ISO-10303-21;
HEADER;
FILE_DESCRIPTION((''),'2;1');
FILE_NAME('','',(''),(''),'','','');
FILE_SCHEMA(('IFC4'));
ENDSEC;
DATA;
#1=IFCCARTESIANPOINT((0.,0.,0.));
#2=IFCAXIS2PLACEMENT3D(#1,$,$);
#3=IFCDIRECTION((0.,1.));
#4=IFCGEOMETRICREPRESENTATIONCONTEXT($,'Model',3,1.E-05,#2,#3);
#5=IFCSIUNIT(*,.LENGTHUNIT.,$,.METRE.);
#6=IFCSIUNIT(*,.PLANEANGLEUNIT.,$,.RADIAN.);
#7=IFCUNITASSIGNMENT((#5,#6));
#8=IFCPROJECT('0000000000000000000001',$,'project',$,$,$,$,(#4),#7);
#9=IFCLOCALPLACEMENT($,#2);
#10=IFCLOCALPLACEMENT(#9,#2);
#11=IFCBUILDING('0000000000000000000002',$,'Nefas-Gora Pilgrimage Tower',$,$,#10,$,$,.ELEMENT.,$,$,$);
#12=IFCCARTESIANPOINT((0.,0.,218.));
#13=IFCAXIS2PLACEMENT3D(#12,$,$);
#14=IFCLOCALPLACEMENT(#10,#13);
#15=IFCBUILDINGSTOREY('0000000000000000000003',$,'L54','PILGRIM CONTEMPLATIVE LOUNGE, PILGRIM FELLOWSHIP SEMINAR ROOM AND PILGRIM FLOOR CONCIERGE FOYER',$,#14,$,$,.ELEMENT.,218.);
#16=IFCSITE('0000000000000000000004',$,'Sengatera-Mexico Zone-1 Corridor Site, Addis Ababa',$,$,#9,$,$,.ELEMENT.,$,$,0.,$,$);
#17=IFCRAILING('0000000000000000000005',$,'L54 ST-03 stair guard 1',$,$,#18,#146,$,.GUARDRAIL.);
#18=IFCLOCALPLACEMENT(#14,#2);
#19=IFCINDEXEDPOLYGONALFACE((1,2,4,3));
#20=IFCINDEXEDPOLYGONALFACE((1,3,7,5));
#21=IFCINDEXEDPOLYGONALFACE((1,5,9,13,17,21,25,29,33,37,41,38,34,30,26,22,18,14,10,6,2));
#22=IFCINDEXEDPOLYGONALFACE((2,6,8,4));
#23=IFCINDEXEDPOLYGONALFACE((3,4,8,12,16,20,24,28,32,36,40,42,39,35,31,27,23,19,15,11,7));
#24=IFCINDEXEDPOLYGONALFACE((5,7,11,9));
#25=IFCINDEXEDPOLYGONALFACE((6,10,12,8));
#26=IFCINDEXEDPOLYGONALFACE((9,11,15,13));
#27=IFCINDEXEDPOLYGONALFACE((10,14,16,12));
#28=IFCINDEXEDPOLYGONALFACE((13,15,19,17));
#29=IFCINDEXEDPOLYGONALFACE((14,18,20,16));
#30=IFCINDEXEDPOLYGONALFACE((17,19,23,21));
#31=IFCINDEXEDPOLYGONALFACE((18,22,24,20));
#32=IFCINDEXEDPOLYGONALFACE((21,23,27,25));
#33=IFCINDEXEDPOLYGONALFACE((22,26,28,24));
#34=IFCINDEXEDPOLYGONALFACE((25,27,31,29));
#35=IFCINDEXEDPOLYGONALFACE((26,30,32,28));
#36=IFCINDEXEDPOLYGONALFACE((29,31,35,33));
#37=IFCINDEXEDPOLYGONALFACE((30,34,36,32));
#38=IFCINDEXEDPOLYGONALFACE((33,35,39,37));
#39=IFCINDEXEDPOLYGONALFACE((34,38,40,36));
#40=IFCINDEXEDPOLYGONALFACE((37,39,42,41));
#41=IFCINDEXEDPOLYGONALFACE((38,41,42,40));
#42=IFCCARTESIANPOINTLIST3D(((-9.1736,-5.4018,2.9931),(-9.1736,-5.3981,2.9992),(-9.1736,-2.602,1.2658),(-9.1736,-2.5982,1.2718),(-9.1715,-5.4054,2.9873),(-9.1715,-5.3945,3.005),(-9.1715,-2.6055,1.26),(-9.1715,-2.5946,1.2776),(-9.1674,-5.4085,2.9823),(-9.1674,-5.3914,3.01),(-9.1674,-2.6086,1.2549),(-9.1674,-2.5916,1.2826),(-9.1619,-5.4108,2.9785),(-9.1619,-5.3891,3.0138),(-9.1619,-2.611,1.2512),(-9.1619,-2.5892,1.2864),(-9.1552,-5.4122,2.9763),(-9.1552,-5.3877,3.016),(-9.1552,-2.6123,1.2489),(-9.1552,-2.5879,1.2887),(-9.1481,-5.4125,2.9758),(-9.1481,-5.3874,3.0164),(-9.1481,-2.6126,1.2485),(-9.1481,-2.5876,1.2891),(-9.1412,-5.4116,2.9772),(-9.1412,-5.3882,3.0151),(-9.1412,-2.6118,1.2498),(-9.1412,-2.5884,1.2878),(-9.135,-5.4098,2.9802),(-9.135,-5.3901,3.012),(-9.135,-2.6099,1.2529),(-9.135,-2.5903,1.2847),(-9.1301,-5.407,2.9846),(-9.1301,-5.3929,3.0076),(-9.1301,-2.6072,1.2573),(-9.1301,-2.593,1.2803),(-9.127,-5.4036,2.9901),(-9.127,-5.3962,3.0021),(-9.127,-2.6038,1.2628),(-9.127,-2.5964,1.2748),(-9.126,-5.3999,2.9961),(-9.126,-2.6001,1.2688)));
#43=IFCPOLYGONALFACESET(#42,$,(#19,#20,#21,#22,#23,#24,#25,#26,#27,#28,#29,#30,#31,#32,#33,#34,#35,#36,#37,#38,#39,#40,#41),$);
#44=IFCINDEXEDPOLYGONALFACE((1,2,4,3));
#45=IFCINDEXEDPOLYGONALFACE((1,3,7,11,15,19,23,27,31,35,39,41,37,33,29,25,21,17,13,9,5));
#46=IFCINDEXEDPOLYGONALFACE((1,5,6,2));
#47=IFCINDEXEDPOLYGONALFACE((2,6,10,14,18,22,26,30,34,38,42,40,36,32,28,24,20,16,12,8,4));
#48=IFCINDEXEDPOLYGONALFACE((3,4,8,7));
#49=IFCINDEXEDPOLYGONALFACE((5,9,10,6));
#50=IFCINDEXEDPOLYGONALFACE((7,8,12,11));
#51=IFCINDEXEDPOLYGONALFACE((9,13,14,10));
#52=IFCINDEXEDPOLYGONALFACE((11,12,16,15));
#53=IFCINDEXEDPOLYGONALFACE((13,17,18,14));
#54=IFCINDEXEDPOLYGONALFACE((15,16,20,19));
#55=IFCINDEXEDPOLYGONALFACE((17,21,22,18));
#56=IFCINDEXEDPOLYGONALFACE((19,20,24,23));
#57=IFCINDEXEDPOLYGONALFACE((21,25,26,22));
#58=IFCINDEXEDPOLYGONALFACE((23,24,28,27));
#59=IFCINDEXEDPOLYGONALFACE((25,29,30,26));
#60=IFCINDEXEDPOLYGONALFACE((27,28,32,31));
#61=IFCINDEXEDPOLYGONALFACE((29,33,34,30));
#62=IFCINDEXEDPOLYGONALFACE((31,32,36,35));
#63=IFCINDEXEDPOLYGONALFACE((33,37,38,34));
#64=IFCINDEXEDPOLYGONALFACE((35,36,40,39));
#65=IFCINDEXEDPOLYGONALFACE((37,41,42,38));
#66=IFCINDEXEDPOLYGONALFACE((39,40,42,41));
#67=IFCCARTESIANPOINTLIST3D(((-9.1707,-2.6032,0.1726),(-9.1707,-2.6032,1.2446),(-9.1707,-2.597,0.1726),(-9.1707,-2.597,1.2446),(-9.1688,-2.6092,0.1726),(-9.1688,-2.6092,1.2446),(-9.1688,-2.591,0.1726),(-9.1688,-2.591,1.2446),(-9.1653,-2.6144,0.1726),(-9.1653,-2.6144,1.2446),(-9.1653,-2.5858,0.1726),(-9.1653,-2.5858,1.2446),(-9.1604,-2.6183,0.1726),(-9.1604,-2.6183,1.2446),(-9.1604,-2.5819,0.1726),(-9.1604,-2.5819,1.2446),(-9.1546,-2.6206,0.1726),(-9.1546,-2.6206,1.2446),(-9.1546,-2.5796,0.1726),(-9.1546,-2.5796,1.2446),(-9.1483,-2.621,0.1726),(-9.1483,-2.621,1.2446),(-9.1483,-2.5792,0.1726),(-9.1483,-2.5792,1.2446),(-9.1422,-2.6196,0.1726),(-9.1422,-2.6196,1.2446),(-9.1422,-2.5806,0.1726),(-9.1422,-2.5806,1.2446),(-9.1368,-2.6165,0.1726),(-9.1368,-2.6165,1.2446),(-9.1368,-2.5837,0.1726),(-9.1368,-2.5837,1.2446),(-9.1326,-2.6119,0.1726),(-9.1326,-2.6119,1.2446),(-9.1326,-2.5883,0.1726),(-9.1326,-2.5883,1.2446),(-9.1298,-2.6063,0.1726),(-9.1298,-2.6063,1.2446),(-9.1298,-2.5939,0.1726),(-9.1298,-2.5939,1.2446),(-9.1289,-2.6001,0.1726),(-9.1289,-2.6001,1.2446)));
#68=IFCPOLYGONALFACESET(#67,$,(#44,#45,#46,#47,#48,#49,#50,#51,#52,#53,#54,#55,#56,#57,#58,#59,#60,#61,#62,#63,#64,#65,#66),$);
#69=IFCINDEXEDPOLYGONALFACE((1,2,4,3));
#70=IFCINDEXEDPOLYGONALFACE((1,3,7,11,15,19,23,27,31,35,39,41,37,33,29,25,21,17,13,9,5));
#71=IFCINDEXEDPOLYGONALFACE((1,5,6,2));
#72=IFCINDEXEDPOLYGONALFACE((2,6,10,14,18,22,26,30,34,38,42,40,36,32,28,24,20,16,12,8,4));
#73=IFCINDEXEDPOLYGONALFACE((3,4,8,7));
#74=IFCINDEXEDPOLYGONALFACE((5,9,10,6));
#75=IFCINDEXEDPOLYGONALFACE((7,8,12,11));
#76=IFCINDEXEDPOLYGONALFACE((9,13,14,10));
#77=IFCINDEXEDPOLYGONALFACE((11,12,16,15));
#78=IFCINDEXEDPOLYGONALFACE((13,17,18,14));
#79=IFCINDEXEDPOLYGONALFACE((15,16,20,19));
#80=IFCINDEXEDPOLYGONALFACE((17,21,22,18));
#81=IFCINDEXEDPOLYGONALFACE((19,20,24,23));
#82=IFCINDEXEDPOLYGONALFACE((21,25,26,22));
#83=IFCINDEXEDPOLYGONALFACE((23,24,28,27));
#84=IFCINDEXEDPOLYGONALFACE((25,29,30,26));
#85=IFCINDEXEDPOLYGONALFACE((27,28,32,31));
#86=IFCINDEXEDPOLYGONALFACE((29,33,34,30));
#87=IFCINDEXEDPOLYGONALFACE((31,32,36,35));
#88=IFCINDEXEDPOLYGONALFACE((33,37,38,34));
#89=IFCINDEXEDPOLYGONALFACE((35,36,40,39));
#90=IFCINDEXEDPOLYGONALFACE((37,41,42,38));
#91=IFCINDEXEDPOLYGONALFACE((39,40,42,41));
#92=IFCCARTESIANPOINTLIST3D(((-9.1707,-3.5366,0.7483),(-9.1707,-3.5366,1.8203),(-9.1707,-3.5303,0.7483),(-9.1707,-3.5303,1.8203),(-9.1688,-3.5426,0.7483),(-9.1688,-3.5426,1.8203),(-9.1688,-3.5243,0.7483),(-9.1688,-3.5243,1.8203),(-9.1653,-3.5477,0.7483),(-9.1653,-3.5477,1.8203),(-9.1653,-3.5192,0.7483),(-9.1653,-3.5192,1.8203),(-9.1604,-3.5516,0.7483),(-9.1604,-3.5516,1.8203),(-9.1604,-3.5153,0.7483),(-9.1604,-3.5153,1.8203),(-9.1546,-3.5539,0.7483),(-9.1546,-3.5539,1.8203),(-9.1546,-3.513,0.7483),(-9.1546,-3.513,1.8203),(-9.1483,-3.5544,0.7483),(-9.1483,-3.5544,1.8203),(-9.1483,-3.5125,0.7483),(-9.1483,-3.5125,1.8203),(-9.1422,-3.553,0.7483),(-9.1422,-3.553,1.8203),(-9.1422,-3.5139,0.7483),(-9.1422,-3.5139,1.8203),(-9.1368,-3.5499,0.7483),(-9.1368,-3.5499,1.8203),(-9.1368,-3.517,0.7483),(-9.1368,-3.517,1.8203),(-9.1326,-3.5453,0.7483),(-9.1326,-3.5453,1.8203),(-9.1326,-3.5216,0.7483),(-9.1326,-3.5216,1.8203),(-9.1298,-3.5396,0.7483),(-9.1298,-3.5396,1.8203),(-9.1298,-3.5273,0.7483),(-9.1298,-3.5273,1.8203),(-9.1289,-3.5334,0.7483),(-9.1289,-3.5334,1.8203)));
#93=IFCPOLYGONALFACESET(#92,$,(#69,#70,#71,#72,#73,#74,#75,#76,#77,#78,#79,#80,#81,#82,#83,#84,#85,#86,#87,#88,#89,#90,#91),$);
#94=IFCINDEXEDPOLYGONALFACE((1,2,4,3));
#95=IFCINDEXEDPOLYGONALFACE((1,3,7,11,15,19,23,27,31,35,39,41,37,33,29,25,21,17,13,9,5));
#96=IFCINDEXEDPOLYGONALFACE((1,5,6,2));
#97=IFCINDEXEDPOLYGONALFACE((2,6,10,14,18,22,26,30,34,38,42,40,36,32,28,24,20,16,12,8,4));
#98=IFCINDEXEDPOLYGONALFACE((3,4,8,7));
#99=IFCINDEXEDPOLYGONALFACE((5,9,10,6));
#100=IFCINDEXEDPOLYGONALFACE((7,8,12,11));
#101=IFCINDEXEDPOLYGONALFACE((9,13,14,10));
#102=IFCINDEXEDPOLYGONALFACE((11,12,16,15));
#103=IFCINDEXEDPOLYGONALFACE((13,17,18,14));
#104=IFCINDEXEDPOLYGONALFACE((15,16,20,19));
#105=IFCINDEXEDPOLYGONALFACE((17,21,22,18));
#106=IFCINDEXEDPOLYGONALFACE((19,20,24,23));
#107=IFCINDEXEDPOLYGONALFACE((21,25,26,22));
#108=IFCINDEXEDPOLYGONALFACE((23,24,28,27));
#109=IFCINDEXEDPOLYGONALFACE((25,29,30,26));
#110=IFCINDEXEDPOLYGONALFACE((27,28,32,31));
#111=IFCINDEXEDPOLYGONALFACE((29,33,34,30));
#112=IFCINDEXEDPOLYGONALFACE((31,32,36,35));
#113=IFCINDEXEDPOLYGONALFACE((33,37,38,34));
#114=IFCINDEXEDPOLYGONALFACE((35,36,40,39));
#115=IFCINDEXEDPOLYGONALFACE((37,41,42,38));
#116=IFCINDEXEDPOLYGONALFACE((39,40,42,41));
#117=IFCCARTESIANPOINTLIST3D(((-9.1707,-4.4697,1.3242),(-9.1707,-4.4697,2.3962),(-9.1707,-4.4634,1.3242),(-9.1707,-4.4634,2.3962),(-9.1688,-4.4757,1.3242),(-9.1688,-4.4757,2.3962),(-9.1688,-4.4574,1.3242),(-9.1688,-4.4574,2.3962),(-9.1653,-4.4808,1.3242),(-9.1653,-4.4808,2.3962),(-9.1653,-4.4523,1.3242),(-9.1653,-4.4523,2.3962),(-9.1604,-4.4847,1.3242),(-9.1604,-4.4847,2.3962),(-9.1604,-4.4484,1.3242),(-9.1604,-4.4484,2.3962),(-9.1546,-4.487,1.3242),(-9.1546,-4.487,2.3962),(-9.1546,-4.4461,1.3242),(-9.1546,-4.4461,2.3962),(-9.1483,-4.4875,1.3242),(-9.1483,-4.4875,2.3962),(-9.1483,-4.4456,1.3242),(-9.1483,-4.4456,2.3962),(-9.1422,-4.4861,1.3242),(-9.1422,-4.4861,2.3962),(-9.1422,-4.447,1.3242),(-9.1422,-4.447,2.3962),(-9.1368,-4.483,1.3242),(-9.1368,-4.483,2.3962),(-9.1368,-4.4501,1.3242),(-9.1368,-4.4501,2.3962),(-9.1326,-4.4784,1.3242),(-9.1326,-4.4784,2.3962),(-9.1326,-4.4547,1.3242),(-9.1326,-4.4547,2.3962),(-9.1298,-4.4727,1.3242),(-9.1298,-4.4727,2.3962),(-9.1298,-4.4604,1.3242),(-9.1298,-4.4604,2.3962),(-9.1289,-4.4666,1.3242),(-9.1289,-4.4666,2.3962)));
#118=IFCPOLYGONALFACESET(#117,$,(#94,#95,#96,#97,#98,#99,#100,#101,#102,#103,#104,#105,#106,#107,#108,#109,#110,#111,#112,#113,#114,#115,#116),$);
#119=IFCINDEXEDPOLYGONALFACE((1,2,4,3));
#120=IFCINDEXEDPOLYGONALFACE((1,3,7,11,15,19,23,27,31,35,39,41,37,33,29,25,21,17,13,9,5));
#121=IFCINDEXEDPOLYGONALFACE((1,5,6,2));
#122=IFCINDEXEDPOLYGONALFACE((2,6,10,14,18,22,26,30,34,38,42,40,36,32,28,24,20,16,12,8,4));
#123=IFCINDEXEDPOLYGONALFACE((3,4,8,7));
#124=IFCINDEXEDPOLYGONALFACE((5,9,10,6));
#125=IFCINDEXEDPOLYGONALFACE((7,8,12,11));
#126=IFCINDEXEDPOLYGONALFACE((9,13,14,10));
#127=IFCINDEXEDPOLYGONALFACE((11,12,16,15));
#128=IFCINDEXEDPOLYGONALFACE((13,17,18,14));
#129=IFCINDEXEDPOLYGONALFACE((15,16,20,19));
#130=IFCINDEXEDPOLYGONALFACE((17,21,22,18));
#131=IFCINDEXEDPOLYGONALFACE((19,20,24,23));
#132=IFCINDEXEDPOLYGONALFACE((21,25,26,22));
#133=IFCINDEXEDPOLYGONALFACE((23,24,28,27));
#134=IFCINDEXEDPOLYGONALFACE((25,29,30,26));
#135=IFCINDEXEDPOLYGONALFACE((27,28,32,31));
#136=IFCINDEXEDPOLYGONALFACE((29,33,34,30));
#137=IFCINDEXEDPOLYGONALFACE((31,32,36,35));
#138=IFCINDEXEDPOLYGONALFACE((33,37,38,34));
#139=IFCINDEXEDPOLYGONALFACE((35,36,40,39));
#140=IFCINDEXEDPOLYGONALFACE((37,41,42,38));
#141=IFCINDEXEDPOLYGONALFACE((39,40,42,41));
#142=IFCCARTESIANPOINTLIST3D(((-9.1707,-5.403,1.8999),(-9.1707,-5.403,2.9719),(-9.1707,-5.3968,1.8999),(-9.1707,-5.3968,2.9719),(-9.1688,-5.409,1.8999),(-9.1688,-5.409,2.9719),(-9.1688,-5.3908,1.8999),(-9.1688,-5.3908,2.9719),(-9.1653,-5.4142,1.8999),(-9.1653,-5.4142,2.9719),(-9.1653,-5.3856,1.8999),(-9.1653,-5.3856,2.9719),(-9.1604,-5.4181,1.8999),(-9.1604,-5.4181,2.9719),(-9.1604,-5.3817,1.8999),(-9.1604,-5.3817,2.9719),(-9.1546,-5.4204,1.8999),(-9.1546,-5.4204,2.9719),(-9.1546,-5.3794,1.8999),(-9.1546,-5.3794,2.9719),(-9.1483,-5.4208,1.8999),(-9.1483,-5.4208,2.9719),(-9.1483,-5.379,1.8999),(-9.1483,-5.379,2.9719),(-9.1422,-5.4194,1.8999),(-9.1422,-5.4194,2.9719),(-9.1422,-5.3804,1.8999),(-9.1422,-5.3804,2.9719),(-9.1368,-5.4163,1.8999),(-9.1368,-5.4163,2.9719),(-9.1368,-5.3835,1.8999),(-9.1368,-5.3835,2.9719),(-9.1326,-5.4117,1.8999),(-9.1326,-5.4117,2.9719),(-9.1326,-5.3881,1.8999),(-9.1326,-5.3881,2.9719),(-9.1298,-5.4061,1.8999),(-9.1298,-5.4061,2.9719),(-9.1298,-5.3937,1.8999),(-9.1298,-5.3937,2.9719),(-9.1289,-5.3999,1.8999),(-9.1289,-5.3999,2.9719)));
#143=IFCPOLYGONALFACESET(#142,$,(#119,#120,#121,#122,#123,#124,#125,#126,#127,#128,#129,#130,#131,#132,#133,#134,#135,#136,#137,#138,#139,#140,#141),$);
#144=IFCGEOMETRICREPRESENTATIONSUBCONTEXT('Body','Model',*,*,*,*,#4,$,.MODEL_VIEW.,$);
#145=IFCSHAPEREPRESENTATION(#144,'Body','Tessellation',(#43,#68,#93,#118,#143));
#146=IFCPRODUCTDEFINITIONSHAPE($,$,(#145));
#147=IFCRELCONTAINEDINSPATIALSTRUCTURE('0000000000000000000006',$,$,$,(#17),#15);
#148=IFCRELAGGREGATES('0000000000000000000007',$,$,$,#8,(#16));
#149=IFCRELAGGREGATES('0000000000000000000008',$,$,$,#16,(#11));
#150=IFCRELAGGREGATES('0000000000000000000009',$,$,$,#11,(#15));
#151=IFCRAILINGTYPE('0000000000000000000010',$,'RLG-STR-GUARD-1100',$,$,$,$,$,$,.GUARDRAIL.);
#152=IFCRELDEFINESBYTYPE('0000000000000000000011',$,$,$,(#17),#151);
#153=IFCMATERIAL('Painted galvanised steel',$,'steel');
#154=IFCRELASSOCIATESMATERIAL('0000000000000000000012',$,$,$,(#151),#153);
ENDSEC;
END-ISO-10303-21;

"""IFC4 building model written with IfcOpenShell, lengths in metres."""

from ifc_helpers import new_model, si_unit, direction, frame, origin, origin_2d, place, context, subcontext, project, spatial, circle, extrude, material, type_object, element, save


model = new_model("IFC4")

# Units and contexts
model_context = context("Model", 3, precision=1e-05, world=origin(), true_north=direction((0.0, 1.0)))
body_context = subcontext(model_context, "Body", "Model", "MODEL_VIEW")
ifc_project = project(units=[si_unit("LENGTHUNIT", "METRE"), si_unit("PLANEANGLEUNIT", "RADIAN")], contexts=[model_context])

# Site, building, storey
site_placement = place(None, origin())
site = spatial("IfcSite", under=ifc_project, at=site_placement, Name="Sengatera-Mexico Zone-1 Corridor Site, Addis Ababa", CompositionType="ELEMENT", RefElevation=0.0)
building_placement = place(site_placement, origin())
building = spatial("IfcBuilding", under=site, at=building_placement, Name="Nefas-Gora Pilgrimage Tower", CompositionType="ELEMENT")
storey_placement = place(building_placement, frame((0.0, 0.0, 218.0)))
storey = spatial("IfcBuildingStorey", under=building, at=storey_placement, Name="L54", Description="PILGRIM CONTEMPLATIVE LOUNGE, PILGRIM FELLOWSHIP SEMINAR ROOM AND PILGRIM FLOOR CONCIERGE FOYER", CompositionType="ELEMENT", Elevation=218.0)

# Railing
ifc_material_1 = material(Name="Painted galvanised steel", Category="steel")
railing_type_1 = type_object("IfcRailingType", Name="RLG-STR-GUARD-1100", PredefinedType="GUARDRAIL", material=ifc_material_1)
railing_1_placement = place(storey_placement, frame((-9.1499, -2.6001, 0.1726)))
element("IfcRailing", 1, at=railing_1_placement, inside=storey, type_object=railing_type_1, Name="L54 ST-03 stair guard 1", PredefinedType="GUARDRAIL", context=body_context, shape_type="SweptSolid", body=[
    extrude(circle(Radius=0.0239, at=origin_2d()), frame((0.0, 0.0, 1.0962), z_axis=(0.0, -0.851069, 0.525054), x_axis=(1.0, 0.0, 0.0)), (0.0, 0.0, 1.0), 3.2898),
    extrude(circle(Radius=0.021, at=origin_2d()), origin(), (0.0, 0.0, 1.0), 1.072),
    extrude(circle(Radius=0.021, at=origin_2d()), frame((0.0, -0.9333, 0.5757)), (0.0, 0.0, 1.0), 1.072),
    extrude(circle(Radius=0.021, at=origin_2d()), frame((0.0, -1.8665, 1.1516)), (0.0, 0.0, 1.0), 1.072),
    extrude(circle(Radius=0.021, at=origin_2d()), frame((0.0, -2.7998, 1.7273)), (0.0, 0.0, 1.0), 1.072),
])

save(model, "model.ifc")
